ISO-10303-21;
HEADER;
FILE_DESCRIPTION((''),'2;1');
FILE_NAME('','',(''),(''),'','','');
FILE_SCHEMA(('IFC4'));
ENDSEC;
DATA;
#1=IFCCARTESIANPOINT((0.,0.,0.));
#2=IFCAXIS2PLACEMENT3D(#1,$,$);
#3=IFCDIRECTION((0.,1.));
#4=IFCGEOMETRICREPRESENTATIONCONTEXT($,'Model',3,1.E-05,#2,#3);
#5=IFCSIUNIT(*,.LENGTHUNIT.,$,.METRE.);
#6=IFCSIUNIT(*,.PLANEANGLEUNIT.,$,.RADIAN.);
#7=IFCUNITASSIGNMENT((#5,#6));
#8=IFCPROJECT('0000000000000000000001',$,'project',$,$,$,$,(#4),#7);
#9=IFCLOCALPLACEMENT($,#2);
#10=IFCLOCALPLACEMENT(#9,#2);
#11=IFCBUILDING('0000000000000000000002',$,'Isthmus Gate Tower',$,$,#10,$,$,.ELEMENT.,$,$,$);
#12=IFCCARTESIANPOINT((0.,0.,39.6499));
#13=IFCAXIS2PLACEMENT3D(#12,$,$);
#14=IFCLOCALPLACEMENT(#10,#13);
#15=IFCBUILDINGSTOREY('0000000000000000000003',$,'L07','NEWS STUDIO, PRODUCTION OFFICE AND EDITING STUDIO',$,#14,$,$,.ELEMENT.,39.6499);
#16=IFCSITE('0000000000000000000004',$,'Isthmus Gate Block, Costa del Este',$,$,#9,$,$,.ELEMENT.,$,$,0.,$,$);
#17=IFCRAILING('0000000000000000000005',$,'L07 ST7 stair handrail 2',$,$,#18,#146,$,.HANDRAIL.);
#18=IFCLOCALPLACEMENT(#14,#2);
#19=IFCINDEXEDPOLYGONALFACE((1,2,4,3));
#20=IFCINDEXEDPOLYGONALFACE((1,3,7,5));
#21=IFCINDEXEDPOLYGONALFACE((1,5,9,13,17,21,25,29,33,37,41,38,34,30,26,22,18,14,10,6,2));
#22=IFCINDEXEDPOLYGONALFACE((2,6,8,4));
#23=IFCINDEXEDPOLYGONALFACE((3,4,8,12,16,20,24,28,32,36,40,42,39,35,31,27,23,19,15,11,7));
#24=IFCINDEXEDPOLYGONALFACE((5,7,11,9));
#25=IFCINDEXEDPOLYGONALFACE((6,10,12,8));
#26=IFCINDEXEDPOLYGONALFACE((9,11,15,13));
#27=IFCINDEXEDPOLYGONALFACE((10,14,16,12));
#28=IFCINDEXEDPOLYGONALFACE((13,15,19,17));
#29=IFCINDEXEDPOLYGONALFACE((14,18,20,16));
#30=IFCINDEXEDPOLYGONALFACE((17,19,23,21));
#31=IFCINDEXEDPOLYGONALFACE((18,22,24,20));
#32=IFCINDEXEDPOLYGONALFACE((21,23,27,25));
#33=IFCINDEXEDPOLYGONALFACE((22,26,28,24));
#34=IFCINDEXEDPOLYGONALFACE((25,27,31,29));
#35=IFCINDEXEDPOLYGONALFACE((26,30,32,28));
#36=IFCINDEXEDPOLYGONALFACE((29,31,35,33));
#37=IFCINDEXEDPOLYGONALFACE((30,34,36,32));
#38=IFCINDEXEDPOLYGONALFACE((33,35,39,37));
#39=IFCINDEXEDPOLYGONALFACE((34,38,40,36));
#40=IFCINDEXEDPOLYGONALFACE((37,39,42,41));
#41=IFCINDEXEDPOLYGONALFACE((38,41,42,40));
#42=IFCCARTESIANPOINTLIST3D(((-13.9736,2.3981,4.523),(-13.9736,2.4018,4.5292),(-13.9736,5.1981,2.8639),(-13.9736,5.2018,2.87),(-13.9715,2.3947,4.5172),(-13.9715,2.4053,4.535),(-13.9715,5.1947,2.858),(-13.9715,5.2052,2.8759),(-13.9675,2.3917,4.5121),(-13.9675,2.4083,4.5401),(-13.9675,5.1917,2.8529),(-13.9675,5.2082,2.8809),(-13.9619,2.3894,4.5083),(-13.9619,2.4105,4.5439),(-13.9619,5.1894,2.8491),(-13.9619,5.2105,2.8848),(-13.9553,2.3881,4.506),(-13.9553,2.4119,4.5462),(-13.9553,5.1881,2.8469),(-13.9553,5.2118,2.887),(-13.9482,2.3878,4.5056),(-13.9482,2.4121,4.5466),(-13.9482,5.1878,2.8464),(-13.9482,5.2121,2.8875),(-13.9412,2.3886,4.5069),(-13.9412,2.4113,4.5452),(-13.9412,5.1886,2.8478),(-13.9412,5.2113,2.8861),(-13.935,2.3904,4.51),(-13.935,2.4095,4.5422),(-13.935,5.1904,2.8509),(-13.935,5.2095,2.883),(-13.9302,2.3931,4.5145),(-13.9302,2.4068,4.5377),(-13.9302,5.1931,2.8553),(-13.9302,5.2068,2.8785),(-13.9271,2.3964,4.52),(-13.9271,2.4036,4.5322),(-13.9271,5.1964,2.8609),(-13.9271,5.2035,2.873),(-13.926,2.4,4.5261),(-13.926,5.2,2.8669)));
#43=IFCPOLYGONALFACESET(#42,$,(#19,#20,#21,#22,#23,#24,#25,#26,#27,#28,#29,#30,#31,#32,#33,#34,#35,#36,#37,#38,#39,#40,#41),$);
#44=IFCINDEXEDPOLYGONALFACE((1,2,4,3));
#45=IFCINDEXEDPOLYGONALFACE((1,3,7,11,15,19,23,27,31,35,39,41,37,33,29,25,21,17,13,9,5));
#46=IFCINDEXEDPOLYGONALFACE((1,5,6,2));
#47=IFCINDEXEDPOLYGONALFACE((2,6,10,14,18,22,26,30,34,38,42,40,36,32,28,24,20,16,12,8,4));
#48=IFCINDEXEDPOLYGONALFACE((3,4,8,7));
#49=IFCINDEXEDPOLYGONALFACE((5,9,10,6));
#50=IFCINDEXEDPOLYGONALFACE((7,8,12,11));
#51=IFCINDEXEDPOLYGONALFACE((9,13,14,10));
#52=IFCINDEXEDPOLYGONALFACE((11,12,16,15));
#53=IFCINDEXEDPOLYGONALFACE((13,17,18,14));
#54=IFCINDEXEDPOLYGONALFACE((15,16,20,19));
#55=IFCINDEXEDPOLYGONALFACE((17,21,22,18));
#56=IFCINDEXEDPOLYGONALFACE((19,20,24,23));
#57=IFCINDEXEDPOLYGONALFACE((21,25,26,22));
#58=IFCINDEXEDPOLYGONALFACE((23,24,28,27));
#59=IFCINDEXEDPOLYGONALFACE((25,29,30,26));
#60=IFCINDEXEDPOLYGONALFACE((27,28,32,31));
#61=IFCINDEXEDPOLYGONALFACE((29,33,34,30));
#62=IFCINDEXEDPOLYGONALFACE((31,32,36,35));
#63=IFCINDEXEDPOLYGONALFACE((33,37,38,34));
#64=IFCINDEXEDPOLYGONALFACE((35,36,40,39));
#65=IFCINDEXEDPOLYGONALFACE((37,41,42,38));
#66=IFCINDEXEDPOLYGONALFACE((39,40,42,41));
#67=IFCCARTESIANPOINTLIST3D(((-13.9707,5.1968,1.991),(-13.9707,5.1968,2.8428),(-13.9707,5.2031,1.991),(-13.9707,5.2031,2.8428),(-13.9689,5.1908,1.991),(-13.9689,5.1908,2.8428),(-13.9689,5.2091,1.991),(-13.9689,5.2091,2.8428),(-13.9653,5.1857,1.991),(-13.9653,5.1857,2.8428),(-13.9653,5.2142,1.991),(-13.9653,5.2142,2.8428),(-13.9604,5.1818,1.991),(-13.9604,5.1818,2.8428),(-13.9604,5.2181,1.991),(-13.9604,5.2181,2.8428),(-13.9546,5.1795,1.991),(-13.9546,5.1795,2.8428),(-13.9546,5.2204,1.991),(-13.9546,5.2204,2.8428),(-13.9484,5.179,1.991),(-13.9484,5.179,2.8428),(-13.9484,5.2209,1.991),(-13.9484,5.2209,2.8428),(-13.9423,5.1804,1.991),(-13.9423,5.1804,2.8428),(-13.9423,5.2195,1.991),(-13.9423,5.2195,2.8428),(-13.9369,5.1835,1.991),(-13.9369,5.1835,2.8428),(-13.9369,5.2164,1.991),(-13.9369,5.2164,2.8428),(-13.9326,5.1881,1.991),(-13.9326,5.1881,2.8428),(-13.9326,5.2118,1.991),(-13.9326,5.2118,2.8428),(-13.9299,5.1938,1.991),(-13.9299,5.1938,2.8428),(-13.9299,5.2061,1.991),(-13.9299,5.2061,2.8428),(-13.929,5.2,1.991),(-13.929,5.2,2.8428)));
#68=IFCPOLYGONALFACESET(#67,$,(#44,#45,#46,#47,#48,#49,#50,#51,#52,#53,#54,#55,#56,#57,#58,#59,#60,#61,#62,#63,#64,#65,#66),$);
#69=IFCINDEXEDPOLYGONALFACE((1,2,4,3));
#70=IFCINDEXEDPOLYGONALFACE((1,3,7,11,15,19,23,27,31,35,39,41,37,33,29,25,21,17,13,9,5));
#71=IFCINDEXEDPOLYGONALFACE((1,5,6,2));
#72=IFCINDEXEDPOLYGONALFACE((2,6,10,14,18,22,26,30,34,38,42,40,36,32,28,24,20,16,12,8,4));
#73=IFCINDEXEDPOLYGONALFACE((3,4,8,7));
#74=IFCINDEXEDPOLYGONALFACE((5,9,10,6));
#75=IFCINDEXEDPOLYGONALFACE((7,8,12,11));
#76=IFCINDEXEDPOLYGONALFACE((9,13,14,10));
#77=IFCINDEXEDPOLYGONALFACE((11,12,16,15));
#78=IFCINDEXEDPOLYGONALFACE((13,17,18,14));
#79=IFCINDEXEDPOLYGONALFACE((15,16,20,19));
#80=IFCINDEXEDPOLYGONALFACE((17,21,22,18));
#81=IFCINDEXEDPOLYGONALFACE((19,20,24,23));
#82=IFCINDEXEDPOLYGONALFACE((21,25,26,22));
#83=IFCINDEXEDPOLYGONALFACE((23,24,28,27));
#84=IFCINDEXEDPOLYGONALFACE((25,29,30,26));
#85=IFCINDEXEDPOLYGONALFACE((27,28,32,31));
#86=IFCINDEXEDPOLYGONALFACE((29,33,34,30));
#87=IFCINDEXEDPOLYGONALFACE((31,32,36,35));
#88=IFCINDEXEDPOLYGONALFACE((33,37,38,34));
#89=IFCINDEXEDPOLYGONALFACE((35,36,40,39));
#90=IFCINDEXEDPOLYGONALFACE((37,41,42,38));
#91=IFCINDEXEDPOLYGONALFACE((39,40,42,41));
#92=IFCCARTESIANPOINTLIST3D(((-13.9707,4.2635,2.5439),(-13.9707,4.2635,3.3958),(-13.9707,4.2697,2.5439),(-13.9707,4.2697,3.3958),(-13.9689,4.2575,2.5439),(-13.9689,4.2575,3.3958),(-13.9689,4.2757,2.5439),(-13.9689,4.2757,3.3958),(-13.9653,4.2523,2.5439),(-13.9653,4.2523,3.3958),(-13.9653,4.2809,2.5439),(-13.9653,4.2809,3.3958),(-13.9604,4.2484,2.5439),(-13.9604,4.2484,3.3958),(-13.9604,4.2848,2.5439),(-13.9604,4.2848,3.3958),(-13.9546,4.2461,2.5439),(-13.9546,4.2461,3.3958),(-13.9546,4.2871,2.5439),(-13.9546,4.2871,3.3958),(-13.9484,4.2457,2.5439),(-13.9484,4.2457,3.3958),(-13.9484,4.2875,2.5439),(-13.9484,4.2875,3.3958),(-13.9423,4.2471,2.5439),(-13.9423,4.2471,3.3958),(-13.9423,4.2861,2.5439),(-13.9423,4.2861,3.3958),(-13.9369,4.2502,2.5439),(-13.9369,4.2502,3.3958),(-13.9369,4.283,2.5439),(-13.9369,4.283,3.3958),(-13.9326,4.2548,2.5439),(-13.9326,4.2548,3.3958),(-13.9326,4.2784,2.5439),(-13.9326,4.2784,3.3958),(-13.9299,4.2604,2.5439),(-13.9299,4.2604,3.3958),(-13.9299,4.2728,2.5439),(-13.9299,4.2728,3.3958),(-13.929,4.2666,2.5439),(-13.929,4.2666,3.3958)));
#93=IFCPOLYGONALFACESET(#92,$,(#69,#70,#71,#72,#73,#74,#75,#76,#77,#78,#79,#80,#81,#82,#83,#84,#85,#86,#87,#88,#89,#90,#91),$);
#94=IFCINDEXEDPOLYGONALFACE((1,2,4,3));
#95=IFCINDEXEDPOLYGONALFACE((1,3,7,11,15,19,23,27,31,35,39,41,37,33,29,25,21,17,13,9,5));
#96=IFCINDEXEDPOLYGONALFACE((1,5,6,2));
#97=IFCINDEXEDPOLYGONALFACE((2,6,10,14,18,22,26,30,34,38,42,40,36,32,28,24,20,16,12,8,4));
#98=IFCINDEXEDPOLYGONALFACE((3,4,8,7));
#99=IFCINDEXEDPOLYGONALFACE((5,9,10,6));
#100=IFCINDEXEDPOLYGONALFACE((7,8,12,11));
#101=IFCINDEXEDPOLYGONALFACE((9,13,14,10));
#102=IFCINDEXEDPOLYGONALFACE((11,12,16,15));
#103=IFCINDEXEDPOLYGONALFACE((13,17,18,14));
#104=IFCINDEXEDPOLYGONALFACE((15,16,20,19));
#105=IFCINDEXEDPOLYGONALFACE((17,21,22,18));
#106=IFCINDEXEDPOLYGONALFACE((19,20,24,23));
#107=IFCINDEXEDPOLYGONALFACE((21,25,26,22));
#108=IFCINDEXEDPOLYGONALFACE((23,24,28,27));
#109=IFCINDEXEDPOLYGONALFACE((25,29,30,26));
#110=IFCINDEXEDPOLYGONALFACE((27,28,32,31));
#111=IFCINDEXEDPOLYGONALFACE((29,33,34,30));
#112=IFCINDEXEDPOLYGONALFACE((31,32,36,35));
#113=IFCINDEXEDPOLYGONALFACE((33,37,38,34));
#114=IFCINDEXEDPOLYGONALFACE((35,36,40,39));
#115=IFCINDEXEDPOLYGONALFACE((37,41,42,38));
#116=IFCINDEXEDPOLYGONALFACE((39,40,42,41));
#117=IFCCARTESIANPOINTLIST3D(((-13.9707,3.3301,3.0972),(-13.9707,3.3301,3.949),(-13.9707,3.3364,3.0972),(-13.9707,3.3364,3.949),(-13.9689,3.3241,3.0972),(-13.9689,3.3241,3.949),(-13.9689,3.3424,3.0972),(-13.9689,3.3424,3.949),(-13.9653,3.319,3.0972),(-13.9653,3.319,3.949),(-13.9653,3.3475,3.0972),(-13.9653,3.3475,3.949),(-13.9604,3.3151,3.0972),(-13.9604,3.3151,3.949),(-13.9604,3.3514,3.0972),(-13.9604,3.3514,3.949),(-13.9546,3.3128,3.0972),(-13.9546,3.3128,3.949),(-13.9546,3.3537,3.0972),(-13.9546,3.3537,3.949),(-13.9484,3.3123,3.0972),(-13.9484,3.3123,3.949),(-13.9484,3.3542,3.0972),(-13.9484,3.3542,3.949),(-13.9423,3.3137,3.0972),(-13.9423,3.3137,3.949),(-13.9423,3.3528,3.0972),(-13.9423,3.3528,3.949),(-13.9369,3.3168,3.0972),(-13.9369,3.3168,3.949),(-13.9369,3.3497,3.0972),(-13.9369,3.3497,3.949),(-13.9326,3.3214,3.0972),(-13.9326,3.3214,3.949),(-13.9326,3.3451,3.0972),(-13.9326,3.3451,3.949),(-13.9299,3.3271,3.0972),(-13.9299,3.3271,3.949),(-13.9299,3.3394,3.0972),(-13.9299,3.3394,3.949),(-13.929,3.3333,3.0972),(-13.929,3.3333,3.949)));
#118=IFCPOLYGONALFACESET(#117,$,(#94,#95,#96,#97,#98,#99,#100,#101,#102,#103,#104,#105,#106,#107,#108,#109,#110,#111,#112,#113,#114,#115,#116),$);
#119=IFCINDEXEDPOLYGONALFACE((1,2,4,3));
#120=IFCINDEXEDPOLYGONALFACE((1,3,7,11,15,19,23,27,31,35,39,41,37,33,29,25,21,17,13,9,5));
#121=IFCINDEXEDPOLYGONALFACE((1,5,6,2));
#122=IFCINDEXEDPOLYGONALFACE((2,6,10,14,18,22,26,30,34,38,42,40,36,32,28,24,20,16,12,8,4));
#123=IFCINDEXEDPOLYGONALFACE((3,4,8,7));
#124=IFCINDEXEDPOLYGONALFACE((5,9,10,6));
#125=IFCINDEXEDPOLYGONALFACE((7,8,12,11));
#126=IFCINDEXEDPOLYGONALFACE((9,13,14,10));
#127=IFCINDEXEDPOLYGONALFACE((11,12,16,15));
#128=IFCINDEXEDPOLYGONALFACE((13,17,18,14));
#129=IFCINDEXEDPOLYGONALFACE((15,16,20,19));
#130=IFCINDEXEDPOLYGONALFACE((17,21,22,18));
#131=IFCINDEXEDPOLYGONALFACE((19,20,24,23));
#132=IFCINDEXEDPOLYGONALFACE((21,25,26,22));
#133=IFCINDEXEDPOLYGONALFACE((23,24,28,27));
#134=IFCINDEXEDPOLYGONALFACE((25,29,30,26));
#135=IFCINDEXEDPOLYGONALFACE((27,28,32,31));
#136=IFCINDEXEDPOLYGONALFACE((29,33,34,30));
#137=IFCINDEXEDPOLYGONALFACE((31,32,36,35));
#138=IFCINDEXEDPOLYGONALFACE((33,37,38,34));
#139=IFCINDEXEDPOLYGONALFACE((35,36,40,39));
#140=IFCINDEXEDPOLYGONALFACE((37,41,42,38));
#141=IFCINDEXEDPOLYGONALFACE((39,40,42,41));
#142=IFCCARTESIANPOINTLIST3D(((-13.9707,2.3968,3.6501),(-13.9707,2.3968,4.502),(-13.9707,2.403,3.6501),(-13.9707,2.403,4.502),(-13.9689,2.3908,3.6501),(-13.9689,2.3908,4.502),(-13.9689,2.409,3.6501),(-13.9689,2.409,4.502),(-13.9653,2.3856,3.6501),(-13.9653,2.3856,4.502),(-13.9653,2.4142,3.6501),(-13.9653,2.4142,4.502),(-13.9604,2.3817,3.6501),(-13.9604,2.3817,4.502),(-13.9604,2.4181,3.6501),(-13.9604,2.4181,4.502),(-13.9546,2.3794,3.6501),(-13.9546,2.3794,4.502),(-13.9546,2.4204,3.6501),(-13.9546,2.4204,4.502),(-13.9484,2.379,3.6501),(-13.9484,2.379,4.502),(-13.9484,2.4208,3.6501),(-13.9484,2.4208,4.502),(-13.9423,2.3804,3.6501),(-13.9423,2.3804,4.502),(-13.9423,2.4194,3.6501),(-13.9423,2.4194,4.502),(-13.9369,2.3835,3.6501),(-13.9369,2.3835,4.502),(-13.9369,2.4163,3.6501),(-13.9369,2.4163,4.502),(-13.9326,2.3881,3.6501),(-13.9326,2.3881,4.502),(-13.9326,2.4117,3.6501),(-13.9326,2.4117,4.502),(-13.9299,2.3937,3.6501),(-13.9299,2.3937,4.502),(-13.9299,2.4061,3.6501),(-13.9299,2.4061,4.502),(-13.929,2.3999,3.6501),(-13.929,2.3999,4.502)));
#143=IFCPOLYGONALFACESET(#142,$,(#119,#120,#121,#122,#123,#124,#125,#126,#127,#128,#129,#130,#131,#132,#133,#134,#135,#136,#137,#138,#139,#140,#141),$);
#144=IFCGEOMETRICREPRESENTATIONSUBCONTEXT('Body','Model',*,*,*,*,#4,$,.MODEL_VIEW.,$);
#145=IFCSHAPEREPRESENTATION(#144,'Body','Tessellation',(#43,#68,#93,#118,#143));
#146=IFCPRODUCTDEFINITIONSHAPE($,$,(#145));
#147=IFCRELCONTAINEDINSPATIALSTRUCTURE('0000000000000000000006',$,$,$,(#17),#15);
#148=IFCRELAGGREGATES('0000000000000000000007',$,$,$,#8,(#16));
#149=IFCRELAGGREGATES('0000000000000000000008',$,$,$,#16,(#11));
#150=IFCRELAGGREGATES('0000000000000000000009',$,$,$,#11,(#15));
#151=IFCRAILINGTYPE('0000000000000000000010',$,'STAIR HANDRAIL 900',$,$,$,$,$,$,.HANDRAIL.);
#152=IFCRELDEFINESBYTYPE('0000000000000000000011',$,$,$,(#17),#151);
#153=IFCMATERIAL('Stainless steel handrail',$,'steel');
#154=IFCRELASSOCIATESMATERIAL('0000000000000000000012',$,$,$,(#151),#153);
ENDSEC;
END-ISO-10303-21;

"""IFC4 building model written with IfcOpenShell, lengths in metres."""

from ifc_helpers import new_model, si_unit, direction, frame, origin, origin_2d, place, context, subcontext, project, spatial, circle, extrude, material, type_object, element, save


model = new_model("IFC4")

# Units and contexts
model_context = context("Model", 3, precision=1e-05, world=origin(), true_north=direction((0.0, 1.0)))
body_context = subcontext(model_context, "Body", "Model", "MODEL_VIEW")
ifc_project = project(units=[si_unit("LENGTHUNIT", "METRE"), si_unit("PLANEANGLEUNIT", "RADIAN")], contexts=[model_context])

# Site, building, storey
site_placement = place(None, origin())
site = spatial("IfcSite", under=ifc_project, at=site_placement, Name="Isthmus Gate Block, Costa del Este", CompositionType="ELEMENT", RefElevation=0.0)
building_placement = place(site_placement, origin())
building = spatial("IfcBuilding", under=site, at=building_placement, Name="Isthmus Gate Tower", CompositionType="ELEMENT")
storey_placement = place(building_placement, frame((0.0, 0.0, 39.6499)))
storey = spatial("IfcBuildingStorey", under=building, at=storey_placement, Name="L07", Description="NEWS STUDIO, PRODUCTION OFFICE AND EDITING STUDIO", CompositionType="ELEMENT", Elevation=39.6499)

# Railing
ifc_material_1 = material(Name="Stainless steel handrail", Category="steel")
railing_type_1 = type_object("IfcRailingType", Name="STAIR HANDRAIL 900", PredefinedType="HANDRAIL", material=ifc_material_1)
for number, where, name in (
    (1, (-13.95, 5.2, 1.991), "L07 ST7 stair handrail 2"),
):
    element("IfcRailing", number, at=place(storey_placement, frame(where)), inside=storey, type_object=railing_type_1, Name=name, PredefinedType="HANDRAIL", context=body_context, shape_type="SweptSolid", body=[
        extrude(circle(Radius=0.0239, at=origin_2d()), frame((0.0, 0.0, 0.876), z_axis=(0.0, -0.860306, 0.509778), x_axis=(1.0, 0.0, 0.0)), (0.0, 0.0, 1.0), 3.2546),
        extrude(circle(Radius=0.021, at=origin_2d()), origin(), (0.0, 0.0, 1.0), 0.8518),
        extrude(circle(Radius=0.021, at=origin_2d()), frame((0.0, -0.9333, 0.553)), (0.0, 0.0, 1.0), 0.8518),
        extrude(circle(Radius=0.021, at=origin_2d()), frame((0.0, -1.8667, 1.1062)), (0.0, 0.0, 1.0), 0.8518),
        extrude(circle(Radius=0.021, at=origin_2d()), frame((0.0, -2.8, 1.6592)), (0.0, 0.0, 1.0), 0.8518),
    ])

save(model, "model.ifc")
